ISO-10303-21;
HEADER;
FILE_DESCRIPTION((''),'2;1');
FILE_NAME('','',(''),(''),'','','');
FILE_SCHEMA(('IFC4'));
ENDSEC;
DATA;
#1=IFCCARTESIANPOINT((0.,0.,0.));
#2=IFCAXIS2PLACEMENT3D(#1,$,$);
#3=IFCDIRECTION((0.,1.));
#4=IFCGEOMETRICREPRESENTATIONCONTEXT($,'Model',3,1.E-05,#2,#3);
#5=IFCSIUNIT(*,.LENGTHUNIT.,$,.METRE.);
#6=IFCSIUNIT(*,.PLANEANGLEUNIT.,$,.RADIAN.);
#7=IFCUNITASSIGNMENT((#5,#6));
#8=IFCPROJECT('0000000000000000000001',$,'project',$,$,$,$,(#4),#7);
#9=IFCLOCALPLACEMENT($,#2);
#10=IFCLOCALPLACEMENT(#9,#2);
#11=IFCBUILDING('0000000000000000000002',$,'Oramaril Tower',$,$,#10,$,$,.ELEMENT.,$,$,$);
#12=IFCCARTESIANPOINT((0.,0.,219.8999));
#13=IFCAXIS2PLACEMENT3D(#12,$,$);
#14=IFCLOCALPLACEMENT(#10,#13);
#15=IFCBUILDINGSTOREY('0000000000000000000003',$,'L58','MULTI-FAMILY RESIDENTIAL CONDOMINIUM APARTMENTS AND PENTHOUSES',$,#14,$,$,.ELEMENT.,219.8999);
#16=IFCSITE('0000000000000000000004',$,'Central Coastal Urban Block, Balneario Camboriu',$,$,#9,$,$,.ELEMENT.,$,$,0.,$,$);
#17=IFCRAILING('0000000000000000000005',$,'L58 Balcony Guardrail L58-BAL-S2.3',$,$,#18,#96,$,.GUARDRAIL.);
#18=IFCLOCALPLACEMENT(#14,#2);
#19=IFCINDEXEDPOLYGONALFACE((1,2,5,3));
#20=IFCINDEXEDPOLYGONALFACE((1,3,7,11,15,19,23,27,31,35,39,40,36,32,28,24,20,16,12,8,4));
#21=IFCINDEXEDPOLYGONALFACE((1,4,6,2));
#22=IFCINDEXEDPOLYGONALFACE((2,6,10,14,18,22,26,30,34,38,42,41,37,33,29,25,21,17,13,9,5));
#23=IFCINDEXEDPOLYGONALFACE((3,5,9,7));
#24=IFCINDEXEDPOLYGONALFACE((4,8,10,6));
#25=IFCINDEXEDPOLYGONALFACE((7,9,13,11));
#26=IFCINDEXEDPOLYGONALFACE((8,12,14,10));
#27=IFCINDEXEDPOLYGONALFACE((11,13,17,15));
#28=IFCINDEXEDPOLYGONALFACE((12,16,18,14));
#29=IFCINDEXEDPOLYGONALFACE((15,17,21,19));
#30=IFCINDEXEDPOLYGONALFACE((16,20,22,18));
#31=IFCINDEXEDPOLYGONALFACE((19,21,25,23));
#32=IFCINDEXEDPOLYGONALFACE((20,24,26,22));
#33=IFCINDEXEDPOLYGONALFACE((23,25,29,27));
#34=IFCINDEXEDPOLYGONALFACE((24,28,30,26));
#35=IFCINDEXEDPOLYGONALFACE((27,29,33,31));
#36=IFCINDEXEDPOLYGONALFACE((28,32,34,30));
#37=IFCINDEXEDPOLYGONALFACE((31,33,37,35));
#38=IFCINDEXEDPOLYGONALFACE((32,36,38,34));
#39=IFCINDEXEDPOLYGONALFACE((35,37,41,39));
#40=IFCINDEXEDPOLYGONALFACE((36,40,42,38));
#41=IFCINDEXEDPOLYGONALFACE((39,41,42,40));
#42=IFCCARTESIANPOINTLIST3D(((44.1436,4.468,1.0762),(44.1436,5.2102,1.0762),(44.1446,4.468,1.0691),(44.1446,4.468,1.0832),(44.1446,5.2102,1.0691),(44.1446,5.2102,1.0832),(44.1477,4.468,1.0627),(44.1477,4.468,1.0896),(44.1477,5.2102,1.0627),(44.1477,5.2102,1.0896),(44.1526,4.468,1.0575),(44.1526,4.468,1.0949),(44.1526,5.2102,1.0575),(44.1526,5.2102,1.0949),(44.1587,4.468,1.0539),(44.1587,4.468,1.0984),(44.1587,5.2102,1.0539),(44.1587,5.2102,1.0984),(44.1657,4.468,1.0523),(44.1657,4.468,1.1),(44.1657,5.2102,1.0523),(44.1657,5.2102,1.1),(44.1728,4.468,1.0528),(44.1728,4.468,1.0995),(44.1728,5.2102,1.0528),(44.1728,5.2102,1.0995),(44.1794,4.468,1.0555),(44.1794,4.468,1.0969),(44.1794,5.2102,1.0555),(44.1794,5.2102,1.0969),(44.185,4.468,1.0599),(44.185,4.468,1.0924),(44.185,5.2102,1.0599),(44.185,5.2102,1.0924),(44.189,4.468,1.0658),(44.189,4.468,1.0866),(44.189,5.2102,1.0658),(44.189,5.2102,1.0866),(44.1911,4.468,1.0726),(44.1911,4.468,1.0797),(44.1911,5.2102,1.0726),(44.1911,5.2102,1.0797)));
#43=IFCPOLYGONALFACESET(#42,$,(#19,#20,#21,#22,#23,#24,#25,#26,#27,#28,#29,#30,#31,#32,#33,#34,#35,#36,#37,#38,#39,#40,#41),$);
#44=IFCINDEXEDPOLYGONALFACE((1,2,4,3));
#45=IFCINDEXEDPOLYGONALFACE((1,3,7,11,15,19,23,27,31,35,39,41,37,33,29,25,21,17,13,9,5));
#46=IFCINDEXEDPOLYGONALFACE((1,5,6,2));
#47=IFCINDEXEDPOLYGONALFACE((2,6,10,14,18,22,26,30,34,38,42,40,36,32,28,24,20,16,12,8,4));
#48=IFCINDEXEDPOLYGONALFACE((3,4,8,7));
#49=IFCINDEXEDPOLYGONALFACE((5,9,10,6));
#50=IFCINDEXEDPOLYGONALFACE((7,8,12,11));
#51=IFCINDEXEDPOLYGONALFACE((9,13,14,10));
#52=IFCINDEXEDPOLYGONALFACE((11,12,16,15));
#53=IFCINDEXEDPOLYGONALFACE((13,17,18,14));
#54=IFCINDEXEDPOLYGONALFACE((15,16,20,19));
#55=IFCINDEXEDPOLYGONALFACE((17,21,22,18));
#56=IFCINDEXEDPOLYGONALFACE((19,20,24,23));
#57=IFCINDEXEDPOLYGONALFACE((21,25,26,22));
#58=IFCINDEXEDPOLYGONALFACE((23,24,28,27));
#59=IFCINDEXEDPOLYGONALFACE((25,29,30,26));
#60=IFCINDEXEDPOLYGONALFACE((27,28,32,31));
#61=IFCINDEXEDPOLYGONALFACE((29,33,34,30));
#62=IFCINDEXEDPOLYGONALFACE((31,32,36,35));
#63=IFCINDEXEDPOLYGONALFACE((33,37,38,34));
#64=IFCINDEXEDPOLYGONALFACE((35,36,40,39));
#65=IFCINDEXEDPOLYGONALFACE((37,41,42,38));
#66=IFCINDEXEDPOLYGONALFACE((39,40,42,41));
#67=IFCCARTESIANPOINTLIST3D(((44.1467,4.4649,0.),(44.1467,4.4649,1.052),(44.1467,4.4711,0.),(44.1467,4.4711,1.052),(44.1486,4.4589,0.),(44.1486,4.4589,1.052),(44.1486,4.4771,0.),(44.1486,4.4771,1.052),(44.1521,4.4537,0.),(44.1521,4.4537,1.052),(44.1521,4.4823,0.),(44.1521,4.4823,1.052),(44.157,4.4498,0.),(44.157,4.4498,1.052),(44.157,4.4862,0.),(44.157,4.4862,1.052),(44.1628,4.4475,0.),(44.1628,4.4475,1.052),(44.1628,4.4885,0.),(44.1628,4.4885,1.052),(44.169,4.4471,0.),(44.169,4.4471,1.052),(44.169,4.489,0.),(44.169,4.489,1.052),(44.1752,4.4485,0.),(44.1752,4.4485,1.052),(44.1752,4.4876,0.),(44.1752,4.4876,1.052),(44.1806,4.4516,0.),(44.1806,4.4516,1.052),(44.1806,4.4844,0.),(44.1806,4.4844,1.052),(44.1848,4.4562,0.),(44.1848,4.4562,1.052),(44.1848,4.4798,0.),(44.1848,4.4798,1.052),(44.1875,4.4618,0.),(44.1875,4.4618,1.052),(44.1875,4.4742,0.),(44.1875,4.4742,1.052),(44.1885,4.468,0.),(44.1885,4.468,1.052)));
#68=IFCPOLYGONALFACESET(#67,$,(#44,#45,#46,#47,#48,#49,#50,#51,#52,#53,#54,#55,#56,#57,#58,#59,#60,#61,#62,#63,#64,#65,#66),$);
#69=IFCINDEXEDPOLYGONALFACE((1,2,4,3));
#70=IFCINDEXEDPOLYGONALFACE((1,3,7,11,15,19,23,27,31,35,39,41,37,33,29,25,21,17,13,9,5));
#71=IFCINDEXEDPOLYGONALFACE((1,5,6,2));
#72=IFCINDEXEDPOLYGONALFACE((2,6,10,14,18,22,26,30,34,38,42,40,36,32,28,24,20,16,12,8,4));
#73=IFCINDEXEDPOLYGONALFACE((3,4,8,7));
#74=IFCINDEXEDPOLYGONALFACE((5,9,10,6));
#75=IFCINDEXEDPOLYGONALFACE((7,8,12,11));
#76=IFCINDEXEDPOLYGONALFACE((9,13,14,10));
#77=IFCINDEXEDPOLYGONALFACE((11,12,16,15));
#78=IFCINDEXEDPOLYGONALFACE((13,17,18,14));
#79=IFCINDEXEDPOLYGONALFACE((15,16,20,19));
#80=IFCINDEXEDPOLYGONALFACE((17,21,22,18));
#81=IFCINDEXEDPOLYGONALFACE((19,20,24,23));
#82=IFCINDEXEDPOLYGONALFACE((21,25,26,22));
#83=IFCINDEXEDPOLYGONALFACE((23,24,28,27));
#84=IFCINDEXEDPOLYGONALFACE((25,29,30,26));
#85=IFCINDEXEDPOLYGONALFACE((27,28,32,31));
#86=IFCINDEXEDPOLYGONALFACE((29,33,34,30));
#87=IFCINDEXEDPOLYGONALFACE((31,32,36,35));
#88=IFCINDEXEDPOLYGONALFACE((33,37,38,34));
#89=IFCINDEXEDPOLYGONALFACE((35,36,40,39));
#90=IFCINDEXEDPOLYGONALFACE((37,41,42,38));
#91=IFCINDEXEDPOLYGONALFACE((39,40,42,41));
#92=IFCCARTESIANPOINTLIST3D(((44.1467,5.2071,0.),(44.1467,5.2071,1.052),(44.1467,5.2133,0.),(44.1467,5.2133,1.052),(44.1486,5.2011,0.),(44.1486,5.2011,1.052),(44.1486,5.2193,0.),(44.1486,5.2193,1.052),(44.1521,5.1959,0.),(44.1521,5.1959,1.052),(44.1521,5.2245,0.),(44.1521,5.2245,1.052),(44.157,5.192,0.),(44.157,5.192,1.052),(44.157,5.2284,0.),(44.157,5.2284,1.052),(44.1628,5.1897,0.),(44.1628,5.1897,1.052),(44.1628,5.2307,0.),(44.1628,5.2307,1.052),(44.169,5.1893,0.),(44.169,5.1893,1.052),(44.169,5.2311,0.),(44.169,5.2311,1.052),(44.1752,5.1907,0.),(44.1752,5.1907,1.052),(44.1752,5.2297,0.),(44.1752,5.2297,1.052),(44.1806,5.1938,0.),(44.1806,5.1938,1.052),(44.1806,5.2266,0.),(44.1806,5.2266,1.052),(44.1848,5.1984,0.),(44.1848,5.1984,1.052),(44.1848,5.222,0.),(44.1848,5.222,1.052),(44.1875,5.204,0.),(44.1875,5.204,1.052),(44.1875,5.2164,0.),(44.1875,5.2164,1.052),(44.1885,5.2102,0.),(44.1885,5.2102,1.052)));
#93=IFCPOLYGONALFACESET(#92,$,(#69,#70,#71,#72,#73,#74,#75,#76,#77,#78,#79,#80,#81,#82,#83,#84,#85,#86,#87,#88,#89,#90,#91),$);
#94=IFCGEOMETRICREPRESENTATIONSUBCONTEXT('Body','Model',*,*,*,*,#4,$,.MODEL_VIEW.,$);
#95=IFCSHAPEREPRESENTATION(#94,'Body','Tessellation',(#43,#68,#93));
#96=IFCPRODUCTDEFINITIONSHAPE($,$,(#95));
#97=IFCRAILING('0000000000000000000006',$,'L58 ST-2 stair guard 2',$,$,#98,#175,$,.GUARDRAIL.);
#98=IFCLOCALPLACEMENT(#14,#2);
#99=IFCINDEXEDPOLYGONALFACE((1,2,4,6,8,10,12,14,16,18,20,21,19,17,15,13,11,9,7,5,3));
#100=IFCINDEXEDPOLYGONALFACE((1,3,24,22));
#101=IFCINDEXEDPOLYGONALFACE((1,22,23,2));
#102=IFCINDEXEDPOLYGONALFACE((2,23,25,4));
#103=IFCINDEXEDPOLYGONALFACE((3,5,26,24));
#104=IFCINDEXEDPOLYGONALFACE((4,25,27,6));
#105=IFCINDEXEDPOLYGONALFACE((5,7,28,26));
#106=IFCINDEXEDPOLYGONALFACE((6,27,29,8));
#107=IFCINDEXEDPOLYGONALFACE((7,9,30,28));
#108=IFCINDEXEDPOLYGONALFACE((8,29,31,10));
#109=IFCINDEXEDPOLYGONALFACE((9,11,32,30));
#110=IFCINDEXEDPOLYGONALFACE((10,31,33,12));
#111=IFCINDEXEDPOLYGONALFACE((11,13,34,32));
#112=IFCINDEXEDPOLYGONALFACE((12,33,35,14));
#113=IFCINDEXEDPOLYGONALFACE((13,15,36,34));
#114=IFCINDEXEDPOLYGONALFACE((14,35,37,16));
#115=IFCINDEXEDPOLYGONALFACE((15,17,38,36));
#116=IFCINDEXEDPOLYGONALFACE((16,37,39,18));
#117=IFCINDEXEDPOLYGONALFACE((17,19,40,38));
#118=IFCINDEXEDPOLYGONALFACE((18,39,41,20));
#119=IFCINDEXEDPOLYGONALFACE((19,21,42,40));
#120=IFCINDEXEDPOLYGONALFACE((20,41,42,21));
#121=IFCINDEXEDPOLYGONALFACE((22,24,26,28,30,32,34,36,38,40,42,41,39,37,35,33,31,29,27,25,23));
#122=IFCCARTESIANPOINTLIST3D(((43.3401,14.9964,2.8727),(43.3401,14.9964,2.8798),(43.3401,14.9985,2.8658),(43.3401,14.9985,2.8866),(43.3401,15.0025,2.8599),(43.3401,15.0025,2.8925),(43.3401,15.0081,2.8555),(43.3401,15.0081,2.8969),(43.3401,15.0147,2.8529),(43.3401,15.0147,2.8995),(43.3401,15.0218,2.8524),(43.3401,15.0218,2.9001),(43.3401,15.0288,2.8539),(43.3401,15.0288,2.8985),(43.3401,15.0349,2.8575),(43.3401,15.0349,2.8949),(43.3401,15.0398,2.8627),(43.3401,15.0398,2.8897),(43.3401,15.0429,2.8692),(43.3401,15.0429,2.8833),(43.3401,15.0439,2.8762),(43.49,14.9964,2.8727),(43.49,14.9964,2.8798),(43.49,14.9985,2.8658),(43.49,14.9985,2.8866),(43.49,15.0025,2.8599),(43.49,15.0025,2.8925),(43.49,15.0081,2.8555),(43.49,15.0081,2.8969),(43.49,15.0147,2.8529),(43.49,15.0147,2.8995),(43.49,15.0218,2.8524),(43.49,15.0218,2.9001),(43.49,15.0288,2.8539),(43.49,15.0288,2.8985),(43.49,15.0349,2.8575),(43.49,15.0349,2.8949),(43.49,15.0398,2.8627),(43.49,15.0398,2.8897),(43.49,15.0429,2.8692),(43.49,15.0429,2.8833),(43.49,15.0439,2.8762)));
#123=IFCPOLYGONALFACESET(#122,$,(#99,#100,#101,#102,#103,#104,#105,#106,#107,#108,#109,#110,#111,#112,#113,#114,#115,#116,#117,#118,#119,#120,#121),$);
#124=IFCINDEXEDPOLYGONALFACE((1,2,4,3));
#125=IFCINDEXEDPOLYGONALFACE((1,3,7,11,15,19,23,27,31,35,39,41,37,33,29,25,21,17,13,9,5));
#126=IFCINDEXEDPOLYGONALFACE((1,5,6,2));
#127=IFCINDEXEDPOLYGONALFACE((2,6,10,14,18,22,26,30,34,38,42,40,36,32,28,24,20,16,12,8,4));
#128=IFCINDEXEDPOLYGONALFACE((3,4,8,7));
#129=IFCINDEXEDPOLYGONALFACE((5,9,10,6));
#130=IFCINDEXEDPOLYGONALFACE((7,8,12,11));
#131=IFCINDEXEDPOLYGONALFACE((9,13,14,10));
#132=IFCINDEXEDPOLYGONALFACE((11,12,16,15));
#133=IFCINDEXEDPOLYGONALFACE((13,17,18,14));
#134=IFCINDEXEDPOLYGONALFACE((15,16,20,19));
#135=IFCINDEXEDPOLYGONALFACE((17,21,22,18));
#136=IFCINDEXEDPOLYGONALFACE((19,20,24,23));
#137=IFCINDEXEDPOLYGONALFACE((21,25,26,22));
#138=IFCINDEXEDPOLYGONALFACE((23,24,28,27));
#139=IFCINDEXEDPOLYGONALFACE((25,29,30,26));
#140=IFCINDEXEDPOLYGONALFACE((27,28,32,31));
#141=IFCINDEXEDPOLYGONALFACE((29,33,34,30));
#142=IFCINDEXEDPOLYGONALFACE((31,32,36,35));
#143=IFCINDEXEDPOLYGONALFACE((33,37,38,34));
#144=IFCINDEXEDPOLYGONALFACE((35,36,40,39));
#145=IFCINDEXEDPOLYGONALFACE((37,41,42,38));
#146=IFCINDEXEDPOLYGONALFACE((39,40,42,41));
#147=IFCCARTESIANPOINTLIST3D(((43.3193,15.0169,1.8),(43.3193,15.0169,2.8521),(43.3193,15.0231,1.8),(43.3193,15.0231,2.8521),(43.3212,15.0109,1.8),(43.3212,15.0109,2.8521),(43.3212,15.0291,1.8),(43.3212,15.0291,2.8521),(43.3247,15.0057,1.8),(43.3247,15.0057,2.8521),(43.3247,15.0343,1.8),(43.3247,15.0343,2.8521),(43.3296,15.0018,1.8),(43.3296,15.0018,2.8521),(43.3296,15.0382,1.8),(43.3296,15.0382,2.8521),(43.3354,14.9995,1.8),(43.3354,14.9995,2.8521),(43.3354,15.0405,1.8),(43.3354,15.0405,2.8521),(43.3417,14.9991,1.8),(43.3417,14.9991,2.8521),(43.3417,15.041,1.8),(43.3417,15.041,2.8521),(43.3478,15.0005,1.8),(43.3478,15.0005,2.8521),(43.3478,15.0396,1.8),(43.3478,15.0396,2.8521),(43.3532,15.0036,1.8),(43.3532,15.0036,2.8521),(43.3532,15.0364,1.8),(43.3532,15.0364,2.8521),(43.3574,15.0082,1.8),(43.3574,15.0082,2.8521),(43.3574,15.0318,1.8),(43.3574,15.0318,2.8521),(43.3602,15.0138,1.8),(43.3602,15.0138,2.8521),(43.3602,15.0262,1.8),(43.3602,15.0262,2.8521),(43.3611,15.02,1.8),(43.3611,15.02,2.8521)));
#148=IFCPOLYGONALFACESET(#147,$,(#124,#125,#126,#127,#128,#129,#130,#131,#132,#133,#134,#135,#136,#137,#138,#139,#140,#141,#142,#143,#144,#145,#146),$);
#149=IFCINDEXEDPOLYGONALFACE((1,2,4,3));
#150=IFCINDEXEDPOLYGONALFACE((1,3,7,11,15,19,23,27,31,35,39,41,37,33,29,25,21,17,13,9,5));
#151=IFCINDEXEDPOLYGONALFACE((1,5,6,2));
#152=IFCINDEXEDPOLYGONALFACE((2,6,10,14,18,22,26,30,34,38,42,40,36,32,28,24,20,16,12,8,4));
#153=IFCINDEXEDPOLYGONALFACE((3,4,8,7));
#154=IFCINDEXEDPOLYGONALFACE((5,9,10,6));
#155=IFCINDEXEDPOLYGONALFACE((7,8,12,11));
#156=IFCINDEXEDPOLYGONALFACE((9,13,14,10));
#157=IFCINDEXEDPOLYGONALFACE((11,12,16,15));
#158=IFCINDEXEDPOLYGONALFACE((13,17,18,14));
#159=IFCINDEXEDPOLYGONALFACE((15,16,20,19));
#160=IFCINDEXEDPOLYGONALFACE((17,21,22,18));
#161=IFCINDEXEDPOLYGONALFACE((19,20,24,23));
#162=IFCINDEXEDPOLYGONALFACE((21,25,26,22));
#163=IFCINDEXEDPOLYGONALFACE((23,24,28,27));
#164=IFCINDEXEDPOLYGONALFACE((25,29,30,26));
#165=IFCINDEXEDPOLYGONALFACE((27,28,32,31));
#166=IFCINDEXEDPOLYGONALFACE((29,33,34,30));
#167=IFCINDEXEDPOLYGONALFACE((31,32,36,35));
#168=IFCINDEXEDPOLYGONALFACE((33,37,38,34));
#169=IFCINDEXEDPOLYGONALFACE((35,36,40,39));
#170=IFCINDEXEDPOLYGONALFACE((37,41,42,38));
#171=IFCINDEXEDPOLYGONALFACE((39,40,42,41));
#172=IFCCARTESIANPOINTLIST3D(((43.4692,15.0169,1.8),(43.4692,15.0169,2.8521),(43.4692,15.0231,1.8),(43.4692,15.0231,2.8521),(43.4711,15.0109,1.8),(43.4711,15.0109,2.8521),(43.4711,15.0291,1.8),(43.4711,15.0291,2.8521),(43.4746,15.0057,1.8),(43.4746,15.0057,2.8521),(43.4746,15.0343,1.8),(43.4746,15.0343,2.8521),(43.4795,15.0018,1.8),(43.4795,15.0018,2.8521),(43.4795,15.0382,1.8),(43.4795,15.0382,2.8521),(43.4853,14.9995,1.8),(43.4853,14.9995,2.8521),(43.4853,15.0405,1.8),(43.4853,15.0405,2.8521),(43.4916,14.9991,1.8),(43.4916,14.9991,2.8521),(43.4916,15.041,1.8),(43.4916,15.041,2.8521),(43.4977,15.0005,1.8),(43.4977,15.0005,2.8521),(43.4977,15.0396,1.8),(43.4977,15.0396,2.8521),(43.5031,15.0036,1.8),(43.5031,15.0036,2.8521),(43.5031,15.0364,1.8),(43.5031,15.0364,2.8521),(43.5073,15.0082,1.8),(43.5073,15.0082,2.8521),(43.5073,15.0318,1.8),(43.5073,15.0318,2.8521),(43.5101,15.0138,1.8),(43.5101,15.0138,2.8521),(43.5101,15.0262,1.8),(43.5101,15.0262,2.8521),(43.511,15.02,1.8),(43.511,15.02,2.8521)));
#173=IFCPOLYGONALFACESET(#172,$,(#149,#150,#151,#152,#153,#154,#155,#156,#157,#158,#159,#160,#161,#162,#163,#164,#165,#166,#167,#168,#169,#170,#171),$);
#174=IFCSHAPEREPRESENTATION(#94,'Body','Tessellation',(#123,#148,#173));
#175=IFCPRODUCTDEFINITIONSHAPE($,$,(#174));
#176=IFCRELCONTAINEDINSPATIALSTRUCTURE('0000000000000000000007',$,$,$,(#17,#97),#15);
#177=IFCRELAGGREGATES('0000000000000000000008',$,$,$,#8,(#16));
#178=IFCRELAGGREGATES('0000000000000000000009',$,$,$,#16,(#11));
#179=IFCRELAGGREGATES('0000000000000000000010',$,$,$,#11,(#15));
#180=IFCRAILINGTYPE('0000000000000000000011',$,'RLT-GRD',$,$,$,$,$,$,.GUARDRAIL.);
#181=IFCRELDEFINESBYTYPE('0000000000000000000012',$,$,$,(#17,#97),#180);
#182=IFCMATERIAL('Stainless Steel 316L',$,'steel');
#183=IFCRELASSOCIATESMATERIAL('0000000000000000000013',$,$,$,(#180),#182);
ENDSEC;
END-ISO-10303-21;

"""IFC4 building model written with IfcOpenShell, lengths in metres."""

from ifc_helpers import new_model, si_unit, direction, frame, origin, origin_2d, place, context, subcontext, project, spatial, circle, extrude, material, type_object, element, save


model = new_model("IFC4")

# Units and contexts
model_context = context("Model", 3, precision=1e-05, world=origin(), true_north=direction((0.0, 1.0)))
body_context = subcontext(model_context, "Body", "Model", "MODEL_VIEW")
ifc_project = project(units=[si_unit("LENGTHUNIT", "METRE"), si_unit("PLANEANGLEUNIT", "RADIAN")], contexts=[model_context])

# Site, building, storey
site_placement = place(None, origin())
site = spatial("IfcSite", under=ifc_project, at=site_placement, Name="Central Coastal Urban Block, Balneario Camboriu", CompositionType="ELEMENT", RefElevation=0.0)
building_placement = place(site_placement, origin())
building = spatial("IfcBuilding", under=site, at=building_placement, Name="Oramaril Tower", CompositionType="ELEMENT")
storey_placement = place(building_placement, frame((0.0, 0.0, 219.8999)))
storey = spatial("IfcBuildingStorey", under=building, at=storey_placement, Name="L58", Description="MULTI-FAMILY RESIDENTIAL CONDOMINIUM APARTMENTS AND PENTHOUSES", CompositionType="ELEMENT", Elevation=219.8999)

# Railings
ifc_material_1 = material(Name="Stainless Steel 316L", Category="steel")
railing_type_1 = type_object("IfcRailingType", Name="RLT-GRD", PredefinedType="GUARDRAIL", material=ifc_material_1)
railing_1_placement = place(storey_placement, frame((44.1675, 4.468, 0.0)))
element("IfcRailing", 1, at=railing_1_placement, inside=storey, type_object=railing_type_1, Name="L58 Balcony Guardrail L58-BAL-S2.3", PredefinedType="GUARDRAIL", context=body_context, shape_type="SweptSolid", body=[
    extrude(circle(Radius=0.0239, at=origin_2d()), frame((0.0, 0.0, 1.0762), z_axis=(0.0, 1.0, 0.0), x_axis=(-1.0, 0.0, 0.0)), (0.0, 0.0, 1.0), 0.7422),
    extrude(circle(Radius=0.021, at=origin_2d()), origin(), (0.0, 0.0, 1.0), 1.052),
    extrude(circle(Radius=0.021, at=origin_2d()), frame((0.0, 0.7422, 0.0)), (0.0, 0.0, 1.0), 1.052),
])
railing_2_placement = place(storey_placement, frame((43.3401, 15.02, 1.8)))
element("IfcRailing", 2, at=railing_2_placement, inside=storey, type_object=railing_type_1, Name="L58 ST-2 stair guard 2", PredefinedType="GUARDRAIL", context=body_context, shape_type="SweptSolid", body=[
    extrude(circle(Radius=0.0239, at=origin_2d()), frame((0.0, 0.0, 1.0762), z_axis=(1.0, 0.0, 0.0), x_axis=(0.0, 1.0, 0.0)), (0.0, 0.0, 1.0), 0.1499),
    extrude(circle(Radius=0.021, at=origin_2d()), origin(), (0.0, 0.0, 1.0), 1.052),
    extrude(circle(Radius=0.021, at=origin_2d()), frame((0.1499, 0.0, 0.0)), (0.0, 0.0, 1.0), 1.052),
])

save(model, "model.ifc")
